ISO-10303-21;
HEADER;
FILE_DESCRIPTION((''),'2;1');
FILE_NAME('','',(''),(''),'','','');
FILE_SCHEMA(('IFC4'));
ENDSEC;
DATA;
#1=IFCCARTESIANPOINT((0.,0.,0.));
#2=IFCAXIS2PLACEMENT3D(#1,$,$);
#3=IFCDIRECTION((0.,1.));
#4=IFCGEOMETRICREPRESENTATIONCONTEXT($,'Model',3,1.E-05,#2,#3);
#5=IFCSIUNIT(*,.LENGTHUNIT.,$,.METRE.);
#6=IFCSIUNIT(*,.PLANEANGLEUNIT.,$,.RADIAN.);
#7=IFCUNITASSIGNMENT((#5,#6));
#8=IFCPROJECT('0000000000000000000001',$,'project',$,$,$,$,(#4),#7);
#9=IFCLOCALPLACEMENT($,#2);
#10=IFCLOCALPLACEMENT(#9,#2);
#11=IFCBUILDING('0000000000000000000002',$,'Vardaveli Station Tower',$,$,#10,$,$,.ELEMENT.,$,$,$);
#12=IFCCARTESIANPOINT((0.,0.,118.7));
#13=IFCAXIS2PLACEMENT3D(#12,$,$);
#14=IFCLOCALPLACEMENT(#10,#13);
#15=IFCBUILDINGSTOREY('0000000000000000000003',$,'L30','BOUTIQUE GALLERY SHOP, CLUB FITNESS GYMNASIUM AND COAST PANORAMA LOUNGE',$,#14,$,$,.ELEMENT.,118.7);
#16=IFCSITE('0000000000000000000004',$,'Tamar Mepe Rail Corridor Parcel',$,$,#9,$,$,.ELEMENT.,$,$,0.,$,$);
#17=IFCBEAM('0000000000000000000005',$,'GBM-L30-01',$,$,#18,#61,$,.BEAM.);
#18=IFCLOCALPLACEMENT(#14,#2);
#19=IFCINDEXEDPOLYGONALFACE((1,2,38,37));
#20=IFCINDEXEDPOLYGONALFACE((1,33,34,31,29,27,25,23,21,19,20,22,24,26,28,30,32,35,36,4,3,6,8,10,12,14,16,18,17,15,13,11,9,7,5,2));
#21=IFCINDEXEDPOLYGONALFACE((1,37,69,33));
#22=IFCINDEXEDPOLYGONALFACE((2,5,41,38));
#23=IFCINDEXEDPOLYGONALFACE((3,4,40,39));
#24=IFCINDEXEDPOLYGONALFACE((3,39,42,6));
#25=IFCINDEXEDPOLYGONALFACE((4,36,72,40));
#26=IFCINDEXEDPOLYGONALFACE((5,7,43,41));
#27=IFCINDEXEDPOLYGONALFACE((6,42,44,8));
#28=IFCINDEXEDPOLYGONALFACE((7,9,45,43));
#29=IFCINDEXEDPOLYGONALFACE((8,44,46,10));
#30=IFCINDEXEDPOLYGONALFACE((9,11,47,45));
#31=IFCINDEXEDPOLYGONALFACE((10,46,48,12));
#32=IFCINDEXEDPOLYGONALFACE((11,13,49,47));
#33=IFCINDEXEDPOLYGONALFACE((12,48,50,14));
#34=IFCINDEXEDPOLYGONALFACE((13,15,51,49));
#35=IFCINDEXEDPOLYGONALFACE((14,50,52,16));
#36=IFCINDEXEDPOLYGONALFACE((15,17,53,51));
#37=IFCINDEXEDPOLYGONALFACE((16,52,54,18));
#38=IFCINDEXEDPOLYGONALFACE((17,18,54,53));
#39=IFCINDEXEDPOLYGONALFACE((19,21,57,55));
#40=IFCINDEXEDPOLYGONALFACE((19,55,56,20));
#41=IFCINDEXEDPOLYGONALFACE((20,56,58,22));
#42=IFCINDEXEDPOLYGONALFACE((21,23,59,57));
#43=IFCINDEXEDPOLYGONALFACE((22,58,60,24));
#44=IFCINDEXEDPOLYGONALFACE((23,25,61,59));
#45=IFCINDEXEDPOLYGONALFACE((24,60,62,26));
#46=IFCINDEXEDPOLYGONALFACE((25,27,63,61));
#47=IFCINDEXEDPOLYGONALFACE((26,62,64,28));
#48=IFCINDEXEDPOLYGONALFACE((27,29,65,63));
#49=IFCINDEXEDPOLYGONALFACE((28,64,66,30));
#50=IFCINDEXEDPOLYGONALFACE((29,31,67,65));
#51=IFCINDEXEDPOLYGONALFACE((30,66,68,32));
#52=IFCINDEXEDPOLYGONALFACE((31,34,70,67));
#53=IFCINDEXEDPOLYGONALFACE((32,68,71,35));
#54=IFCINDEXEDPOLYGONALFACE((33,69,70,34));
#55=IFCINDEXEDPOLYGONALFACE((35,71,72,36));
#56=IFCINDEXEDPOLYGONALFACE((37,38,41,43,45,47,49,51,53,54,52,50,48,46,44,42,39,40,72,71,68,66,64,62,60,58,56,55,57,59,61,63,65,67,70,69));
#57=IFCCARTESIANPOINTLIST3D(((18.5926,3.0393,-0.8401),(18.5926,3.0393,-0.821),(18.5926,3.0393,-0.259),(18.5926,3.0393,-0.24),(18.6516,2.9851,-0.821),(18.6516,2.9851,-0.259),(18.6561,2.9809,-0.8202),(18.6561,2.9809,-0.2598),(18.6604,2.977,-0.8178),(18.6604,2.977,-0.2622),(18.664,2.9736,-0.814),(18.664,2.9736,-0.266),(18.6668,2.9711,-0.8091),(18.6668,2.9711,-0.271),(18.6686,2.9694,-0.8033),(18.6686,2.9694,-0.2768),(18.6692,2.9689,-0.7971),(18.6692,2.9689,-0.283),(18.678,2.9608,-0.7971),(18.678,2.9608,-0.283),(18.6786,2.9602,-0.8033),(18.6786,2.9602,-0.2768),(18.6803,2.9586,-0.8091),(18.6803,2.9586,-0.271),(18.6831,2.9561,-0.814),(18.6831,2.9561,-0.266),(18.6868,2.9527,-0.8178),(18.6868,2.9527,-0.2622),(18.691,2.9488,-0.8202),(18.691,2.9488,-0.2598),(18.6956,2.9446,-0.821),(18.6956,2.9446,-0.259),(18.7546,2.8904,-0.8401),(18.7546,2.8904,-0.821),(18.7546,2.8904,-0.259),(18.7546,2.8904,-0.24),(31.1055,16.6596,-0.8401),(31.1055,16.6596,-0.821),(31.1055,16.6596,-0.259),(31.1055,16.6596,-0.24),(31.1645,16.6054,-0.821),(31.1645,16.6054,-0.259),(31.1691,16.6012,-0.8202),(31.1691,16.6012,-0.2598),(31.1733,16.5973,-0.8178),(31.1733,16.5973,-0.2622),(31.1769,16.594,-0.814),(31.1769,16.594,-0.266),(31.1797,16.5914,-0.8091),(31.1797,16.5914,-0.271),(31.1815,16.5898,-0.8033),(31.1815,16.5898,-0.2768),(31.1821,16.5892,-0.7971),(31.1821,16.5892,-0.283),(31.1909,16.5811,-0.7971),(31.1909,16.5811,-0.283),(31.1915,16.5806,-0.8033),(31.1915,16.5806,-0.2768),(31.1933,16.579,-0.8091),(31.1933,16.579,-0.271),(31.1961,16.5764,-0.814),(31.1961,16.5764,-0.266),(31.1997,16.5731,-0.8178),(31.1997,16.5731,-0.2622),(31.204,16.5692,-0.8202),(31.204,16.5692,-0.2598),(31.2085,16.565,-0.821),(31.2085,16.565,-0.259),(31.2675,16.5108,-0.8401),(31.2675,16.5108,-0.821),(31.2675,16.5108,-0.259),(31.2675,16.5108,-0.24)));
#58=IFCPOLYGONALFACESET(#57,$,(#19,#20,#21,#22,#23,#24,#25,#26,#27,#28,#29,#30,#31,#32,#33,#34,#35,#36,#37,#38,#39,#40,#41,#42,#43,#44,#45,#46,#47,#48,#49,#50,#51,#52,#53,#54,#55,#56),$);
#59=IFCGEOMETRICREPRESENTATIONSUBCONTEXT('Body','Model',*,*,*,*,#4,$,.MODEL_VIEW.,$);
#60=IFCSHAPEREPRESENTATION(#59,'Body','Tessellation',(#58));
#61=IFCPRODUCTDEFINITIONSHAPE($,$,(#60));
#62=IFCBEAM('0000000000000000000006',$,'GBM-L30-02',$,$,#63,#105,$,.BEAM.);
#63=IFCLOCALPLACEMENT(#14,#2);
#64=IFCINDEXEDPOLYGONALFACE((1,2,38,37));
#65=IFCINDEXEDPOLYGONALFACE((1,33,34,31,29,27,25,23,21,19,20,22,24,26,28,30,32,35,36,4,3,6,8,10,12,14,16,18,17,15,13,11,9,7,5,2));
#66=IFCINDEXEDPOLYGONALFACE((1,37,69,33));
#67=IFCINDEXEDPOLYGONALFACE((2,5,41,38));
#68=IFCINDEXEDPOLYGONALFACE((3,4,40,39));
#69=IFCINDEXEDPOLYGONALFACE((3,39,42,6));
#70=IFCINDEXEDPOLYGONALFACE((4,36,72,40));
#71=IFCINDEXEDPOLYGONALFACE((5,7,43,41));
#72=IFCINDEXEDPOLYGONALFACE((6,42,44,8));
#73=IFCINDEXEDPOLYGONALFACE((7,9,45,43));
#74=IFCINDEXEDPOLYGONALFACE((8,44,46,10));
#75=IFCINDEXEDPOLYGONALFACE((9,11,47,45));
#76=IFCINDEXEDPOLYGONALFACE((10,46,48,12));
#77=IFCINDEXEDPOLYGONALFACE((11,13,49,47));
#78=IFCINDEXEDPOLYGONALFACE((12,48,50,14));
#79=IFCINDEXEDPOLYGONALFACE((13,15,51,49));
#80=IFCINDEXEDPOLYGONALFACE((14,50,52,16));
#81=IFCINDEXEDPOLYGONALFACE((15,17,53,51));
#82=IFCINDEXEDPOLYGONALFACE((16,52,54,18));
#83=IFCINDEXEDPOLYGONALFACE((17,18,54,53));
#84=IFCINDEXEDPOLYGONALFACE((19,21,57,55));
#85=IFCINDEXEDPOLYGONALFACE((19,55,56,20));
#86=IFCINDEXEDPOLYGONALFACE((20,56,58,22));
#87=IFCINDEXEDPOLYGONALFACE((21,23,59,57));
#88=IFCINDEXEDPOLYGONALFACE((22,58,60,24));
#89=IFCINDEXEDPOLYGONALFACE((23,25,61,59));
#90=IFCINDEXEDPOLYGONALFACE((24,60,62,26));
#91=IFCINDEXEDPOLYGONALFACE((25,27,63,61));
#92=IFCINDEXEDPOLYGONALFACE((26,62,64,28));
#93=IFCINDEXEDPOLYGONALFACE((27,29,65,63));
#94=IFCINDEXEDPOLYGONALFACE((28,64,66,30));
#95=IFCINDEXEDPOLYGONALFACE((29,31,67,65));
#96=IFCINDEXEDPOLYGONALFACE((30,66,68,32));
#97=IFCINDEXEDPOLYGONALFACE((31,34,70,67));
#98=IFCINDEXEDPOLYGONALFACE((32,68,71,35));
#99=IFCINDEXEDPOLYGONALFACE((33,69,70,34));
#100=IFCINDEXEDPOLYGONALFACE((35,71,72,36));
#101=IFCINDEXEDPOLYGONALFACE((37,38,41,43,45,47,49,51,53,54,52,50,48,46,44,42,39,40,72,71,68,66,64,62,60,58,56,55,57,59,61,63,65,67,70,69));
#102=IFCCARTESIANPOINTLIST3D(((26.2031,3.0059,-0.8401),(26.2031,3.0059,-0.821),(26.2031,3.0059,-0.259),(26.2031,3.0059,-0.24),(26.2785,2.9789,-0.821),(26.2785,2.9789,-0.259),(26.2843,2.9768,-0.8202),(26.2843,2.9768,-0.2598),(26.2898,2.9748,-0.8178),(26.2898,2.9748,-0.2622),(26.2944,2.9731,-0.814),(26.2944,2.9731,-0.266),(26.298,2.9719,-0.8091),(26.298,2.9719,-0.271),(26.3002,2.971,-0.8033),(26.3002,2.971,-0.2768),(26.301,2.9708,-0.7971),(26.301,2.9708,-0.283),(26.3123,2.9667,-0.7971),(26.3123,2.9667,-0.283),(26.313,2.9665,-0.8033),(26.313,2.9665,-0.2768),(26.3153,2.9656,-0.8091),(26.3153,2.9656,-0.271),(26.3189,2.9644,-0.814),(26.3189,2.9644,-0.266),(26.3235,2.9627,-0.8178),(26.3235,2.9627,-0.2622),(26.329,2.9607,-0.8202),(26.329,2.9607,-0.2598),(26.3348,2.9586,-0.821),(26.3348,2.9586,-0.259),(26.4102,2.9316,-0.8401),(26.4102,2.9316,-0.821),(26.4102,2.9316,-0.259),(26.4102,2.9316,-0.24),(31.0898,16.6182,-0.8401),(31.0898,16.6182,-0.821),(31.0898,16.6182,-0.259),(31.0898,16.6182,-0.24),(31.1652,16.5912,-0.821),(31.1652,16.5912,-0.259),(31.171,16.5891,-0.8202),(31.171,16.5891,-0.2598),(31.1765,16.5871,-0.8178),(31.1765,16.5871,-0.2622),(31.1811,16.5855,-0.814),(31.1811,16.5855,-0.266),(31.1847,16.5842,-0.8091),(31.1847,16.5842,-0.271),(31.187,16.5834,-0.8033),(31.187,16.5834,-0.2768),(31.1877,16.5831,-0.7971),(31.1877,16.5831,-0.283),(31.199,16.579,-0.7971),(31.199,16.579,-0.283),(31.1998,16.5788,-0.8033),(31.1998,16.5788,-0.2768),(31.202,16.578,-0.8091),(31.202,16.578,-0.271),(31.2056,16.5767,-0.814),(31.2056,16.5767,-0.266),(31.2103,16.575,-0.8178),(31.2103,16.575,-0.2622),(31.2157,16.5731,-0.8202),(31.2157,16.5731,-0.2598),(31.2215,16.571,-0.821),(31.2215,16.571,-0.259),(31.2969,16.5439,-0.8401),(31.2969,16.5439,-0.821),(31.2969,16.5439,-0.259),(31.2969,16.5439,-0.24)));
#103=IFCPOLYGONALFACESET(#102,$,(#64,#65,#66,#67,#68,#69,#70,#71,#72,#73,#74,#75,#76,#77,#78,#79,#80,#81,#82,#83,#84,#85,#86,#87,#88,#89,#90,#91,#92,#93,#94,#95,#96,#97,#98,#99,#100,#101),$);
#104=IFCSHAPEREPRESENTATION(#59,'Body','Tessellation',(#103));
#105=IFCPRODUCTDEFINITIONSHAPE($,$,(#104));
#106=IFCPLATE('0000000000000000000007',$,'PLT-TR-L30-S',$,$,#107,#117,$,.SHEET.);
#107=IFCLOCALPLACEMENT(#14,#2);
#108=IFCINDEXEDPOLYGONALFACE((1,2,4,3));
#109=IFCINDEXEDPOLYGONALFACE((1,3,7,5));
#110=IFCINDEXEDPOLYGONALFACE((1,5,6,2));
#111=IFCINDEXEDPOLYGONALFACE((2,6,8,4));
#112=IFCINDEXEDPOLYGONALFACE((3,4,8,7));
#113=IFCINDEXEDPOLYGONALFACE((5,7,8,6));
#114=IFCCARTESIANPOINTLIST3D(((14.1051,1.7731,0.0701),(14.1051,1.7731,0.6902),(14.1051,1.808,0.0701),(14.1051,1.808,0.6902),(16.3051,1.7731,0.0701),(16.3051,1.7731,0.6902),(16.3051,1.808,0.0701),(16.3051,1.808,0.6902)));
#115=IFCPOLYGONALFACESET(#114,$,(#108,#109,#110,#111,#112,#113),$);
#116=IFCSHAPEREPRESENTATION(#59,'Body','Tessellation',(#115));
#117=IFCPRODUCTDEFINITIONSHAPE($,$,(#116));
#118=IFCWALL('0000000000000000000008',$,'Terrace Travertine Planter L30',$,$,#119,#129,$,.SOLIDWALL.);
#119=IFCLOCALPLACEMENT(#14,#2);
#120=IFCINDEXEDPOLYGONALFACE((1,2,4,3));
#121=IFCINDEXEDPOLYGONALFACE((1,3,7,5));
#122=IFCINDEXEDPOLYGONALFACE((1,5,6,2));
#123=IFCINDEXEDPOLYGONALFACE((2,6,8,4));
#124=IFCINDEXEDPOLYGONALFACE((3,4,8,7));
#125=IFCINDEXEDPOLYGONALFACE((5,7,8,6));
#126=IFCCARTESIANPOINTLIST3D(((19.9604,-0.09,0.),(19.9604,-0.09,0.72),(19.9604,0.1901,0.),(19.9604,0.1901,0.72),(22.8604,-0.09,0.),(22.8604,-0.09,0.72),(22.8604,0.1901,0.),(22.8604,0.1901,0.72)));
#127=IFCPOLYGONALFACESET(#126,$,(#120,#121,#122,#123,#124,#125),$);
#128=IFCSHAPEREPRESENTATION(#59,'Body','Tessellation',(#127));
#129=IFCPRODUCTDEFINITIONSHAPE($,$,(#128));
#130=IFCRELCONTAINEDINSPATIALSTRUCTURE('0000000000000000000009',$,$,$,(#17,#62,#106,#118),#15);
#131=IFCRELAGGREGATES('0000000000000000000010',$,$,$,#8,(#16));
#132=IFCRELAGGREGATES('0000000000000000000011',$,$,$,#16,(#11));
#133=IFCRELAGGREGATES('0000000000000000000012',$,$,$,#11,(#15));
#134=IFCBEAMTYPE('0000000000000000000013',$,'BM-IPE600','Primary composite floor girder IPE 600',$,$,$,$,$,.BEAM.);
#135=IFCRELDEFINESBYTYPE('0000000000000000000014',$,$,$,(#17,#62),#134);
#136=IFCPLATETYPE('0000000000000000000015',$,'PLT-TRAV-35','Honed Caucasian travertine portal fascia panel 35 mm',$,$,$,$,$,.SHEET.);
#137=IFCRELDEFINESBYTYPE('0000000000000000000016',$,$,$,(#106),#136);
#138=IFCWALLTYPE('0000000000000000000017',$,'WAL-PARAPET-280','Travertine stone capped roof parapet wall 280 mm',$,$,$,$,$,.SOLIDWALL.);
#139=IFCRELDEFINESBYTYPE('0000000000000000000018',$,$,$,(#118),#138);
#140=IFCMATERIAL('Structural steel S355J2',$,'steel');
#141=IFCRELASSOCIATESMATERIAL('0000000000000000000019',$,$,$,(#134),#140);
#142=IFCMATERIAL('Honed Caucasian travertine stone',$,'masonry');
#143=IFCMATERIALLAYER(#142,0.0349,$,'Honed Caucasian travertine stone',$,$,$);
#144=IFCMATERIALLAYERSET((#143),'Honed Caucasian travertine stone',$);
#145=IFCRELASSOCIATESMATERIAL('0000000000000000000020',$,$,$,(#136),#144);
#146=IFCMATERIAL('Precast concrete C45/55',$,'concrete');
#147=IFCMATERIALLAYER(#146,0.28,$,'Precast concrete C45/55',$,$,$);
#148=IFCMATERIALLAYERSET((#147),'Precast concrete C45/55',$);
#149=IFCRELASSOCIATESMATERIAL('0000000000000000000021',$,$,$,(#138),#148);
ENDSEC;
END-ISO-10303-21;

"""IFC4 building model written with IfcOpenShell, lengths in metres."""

from ifc_helpers import new_model, si_unit, direction, frame, frame_2d, origin, origin_2d, place, context, subcontext, project, spatial, rectangle, i_section, extrude, source, transform, mapped, material, layer, layer_set, material_profile, profile_set, type_object, element, save


model = new_model("IFC4")

# Units and contexts
model_context = context("Model", 3, precision=1e-05, world=origin(), true_north=direction((0.0, 1.0)))
body_context = subcontext(model_context, "Body", "Model", "MODEL_VIEW")
ifc_project = project(units=[si_unit("LENGTHUNIT", "METRE"), si_unit("PLANEANGLEUNIT", "RADIAN")], contexts=[model_context])

# Site, building, storey
site_placement = place(None, origin())
site = spatial("IfcSite", under=ifc_project, at=site_placement, Name="Tamar Mepe Rail Corridor Parcel", CompositionType="ELEMENT", RefElevation=0.0)
building_placement = place(site_placement, origin())
building = spatial("IfcBuilding", under=site, at=building_placement, Name="Vardaveli Station Tower", CompositionType="ELEMENT")
storey_placement = place(building_placement, frame((0.0, 0.0, 118.7)))
storey = spatial("IfcBuildingStorey", under=building, at=storey_placement, Name="L30", Description="BOUTIQUE GALLERY SHOP, CLUB FITNESS GYMNASIUM AND COAST PANORAMA LOUNGE", CompositionType="ELEMENT", Elevation=118.7)

# Beams
ifc_material_1 = material(Name="Precast concrete C45/55", Category="concrete")
ifc_material_2 = material(Name="Structural steel S355J2", Category="steel")
ifc_material_profile_1 = material_profile(ifc_material_2, i_section(OverallWidth=0.22, OverallDepth=0.6001, WebThickness=0.012, FlangeThickness=0.019, FilletRadius=0.0239, at=origin_2d()), Name="IPE 600")
ifc_profile_set_1 = profile_set([ifc_material_profile_1], Name="Structural steel S355J2")
beam_type_1 = type_object("IfcBeamType", Name="BM-IPE600", Description="Primary composite floor girder IPE 600", PredefinedType="BEAM", material=ifc_profile_set_1)
shared_shape_1 = source(origin(), body_context, "Body", "SweptSolid", [
    extrude(i_section(OverallWidth=0.22, OverallDepth=0.6001, WebThickness=0.012, FlangeThickness=0.019, FilletRadius=0.0239, at=origin_2d()), origin(), (0.0, 0.0, 1.0), 18.4956),
])
beam_1_placement = place(storey_placement, frame((18.6736, 2.9648, -0.54), z_axis=(0.676535, 0.73641, 0.0), x_axis=(-0.73641, 0.676535, 0.0)))
element("IfcBeam", 1, at=beam_1_placement, inside=storey, type_object=beam_type_1, Name="GBM-L30-01", PredefinedType="BEAM", context=body_context, shape_type="MappedRepresentation", body=[
    mapped(shared_shape_1, transform((0.0, 0.0, 0.0), scale=1.0)),
])
shared_shape_2 = source(origin(), body_context, "Body", "SweptSolid", [
    extrude(i_section(OverallWidth=0.22, OverallDepth=0.6001, WebThickness=0.012, FlangeThickness=0.019, FilletRadius=0.0239, at=origin_2d()), origin(), (0.0, 0.0, 1.0), 14.4629),
])
beam_2_placement = place(storey_placement, frame((26.3066, 2.9688, -0.54), z_axis=(0.33788, 0.941189, 0.0), x_axis=(-0.941189, 0.33788, 0.0)))
element("IfcBeam", 2, at=beam_2_placement, inside=storey, type_object=beam_type_1, Name="GBM-L30-02", PredefinedType="BEAM", context=body_context, shape_type="MappedRepresentation", body=[
    mapped(shared_shape_2, transform((0.0, 0.0, 0.0), scale=1.0)),
])

# Plate
ifc_material_3 = material(Name="Honed Caucasian travertine stone", Category="masonry")
ifc_layer_1 = layer(ifc_material_3, 0.0349, Name="Honed Caucasian travertine stone")
ifc_layer_set_1 = layer_set([ifc_layer_1], Name="Honed Caucasian travertine stone")
plate_type = type_object("IfcPlateType", Name="PLT-TRAV-35", Description="Honed Caucasian travertine portal fascia panel 35 mm", PredefinedType="SHEET", material=ifc_layer_set_1)
shared_shape_3 = source(origin(), body_context, "Body", "SweptSolid", [
    extrude(rectangle(XDim=2.2, YDim=0.0349, at=origin_2d()), origin(), (0.0, 0.0, 1.0), 0.6201),
])
plate_placement = place(storey_placement, frame((15.2051, 1.7905, 0.0701), z_axis=(0.0, 0.0, 1.0), x_axis=(1.0, 0.0, 0.0)))
element("IfcPlate", 3, at=plate_placement, inside=storey, type_object=plate_type, Name="PLT-TR-L30-S", PredefinedType="SHEET", context=body_context, shape_type="MappedRepresentation", body=[
    mapped(shared_shape_3, transform((0.0, 0.0, 0.0), scale=1.0)),
])

# Wall
ifc_layer_2 = layer(ifc_material_1, 0.28, Name="Precast concrete C45/55")
ifc_layer_set_2 = layer_set([ifc_layer_2], Name="Precast concrete C45/55")
wall_type_1 = type_object("IfcWallType", Name="WAL-PARAPET-280", Description="Travertine stone capped roof parapet wall 280 mm", PredefinedType="SOLIDWALL", material=ifc_layer_set_2)
shared_shape_4 = source(origin(), body_context, "Body", "SweptSolid", [
    extrude(rectangle(XDim=2.8999, YDim=0.28, at=frame_2d((1.45, 0.0))), origin(), (0.0, 0.0, 1.0), 0.72),
])
wall_1_placement = place(storey_placement, frame((19.9604, 0.05, 0.0), z_axis=(0.0, 0.0, 1.0), x_axis=(1.0, 0.0, 0.0)))
element("IfcWall", 4, at=wall_1_placement, inside=storey, type_object=wall_type_1, Name="Terrace Travertine Planter L30", PredefinedType="SOLIDWALL", context=body_context, shape_type="MappedRepresentation", body=[
    mapped(shared_shape_4, transform((0.0, 0.0, 0.0), scale=1.0)),
])

save(model, "model.ifc")
